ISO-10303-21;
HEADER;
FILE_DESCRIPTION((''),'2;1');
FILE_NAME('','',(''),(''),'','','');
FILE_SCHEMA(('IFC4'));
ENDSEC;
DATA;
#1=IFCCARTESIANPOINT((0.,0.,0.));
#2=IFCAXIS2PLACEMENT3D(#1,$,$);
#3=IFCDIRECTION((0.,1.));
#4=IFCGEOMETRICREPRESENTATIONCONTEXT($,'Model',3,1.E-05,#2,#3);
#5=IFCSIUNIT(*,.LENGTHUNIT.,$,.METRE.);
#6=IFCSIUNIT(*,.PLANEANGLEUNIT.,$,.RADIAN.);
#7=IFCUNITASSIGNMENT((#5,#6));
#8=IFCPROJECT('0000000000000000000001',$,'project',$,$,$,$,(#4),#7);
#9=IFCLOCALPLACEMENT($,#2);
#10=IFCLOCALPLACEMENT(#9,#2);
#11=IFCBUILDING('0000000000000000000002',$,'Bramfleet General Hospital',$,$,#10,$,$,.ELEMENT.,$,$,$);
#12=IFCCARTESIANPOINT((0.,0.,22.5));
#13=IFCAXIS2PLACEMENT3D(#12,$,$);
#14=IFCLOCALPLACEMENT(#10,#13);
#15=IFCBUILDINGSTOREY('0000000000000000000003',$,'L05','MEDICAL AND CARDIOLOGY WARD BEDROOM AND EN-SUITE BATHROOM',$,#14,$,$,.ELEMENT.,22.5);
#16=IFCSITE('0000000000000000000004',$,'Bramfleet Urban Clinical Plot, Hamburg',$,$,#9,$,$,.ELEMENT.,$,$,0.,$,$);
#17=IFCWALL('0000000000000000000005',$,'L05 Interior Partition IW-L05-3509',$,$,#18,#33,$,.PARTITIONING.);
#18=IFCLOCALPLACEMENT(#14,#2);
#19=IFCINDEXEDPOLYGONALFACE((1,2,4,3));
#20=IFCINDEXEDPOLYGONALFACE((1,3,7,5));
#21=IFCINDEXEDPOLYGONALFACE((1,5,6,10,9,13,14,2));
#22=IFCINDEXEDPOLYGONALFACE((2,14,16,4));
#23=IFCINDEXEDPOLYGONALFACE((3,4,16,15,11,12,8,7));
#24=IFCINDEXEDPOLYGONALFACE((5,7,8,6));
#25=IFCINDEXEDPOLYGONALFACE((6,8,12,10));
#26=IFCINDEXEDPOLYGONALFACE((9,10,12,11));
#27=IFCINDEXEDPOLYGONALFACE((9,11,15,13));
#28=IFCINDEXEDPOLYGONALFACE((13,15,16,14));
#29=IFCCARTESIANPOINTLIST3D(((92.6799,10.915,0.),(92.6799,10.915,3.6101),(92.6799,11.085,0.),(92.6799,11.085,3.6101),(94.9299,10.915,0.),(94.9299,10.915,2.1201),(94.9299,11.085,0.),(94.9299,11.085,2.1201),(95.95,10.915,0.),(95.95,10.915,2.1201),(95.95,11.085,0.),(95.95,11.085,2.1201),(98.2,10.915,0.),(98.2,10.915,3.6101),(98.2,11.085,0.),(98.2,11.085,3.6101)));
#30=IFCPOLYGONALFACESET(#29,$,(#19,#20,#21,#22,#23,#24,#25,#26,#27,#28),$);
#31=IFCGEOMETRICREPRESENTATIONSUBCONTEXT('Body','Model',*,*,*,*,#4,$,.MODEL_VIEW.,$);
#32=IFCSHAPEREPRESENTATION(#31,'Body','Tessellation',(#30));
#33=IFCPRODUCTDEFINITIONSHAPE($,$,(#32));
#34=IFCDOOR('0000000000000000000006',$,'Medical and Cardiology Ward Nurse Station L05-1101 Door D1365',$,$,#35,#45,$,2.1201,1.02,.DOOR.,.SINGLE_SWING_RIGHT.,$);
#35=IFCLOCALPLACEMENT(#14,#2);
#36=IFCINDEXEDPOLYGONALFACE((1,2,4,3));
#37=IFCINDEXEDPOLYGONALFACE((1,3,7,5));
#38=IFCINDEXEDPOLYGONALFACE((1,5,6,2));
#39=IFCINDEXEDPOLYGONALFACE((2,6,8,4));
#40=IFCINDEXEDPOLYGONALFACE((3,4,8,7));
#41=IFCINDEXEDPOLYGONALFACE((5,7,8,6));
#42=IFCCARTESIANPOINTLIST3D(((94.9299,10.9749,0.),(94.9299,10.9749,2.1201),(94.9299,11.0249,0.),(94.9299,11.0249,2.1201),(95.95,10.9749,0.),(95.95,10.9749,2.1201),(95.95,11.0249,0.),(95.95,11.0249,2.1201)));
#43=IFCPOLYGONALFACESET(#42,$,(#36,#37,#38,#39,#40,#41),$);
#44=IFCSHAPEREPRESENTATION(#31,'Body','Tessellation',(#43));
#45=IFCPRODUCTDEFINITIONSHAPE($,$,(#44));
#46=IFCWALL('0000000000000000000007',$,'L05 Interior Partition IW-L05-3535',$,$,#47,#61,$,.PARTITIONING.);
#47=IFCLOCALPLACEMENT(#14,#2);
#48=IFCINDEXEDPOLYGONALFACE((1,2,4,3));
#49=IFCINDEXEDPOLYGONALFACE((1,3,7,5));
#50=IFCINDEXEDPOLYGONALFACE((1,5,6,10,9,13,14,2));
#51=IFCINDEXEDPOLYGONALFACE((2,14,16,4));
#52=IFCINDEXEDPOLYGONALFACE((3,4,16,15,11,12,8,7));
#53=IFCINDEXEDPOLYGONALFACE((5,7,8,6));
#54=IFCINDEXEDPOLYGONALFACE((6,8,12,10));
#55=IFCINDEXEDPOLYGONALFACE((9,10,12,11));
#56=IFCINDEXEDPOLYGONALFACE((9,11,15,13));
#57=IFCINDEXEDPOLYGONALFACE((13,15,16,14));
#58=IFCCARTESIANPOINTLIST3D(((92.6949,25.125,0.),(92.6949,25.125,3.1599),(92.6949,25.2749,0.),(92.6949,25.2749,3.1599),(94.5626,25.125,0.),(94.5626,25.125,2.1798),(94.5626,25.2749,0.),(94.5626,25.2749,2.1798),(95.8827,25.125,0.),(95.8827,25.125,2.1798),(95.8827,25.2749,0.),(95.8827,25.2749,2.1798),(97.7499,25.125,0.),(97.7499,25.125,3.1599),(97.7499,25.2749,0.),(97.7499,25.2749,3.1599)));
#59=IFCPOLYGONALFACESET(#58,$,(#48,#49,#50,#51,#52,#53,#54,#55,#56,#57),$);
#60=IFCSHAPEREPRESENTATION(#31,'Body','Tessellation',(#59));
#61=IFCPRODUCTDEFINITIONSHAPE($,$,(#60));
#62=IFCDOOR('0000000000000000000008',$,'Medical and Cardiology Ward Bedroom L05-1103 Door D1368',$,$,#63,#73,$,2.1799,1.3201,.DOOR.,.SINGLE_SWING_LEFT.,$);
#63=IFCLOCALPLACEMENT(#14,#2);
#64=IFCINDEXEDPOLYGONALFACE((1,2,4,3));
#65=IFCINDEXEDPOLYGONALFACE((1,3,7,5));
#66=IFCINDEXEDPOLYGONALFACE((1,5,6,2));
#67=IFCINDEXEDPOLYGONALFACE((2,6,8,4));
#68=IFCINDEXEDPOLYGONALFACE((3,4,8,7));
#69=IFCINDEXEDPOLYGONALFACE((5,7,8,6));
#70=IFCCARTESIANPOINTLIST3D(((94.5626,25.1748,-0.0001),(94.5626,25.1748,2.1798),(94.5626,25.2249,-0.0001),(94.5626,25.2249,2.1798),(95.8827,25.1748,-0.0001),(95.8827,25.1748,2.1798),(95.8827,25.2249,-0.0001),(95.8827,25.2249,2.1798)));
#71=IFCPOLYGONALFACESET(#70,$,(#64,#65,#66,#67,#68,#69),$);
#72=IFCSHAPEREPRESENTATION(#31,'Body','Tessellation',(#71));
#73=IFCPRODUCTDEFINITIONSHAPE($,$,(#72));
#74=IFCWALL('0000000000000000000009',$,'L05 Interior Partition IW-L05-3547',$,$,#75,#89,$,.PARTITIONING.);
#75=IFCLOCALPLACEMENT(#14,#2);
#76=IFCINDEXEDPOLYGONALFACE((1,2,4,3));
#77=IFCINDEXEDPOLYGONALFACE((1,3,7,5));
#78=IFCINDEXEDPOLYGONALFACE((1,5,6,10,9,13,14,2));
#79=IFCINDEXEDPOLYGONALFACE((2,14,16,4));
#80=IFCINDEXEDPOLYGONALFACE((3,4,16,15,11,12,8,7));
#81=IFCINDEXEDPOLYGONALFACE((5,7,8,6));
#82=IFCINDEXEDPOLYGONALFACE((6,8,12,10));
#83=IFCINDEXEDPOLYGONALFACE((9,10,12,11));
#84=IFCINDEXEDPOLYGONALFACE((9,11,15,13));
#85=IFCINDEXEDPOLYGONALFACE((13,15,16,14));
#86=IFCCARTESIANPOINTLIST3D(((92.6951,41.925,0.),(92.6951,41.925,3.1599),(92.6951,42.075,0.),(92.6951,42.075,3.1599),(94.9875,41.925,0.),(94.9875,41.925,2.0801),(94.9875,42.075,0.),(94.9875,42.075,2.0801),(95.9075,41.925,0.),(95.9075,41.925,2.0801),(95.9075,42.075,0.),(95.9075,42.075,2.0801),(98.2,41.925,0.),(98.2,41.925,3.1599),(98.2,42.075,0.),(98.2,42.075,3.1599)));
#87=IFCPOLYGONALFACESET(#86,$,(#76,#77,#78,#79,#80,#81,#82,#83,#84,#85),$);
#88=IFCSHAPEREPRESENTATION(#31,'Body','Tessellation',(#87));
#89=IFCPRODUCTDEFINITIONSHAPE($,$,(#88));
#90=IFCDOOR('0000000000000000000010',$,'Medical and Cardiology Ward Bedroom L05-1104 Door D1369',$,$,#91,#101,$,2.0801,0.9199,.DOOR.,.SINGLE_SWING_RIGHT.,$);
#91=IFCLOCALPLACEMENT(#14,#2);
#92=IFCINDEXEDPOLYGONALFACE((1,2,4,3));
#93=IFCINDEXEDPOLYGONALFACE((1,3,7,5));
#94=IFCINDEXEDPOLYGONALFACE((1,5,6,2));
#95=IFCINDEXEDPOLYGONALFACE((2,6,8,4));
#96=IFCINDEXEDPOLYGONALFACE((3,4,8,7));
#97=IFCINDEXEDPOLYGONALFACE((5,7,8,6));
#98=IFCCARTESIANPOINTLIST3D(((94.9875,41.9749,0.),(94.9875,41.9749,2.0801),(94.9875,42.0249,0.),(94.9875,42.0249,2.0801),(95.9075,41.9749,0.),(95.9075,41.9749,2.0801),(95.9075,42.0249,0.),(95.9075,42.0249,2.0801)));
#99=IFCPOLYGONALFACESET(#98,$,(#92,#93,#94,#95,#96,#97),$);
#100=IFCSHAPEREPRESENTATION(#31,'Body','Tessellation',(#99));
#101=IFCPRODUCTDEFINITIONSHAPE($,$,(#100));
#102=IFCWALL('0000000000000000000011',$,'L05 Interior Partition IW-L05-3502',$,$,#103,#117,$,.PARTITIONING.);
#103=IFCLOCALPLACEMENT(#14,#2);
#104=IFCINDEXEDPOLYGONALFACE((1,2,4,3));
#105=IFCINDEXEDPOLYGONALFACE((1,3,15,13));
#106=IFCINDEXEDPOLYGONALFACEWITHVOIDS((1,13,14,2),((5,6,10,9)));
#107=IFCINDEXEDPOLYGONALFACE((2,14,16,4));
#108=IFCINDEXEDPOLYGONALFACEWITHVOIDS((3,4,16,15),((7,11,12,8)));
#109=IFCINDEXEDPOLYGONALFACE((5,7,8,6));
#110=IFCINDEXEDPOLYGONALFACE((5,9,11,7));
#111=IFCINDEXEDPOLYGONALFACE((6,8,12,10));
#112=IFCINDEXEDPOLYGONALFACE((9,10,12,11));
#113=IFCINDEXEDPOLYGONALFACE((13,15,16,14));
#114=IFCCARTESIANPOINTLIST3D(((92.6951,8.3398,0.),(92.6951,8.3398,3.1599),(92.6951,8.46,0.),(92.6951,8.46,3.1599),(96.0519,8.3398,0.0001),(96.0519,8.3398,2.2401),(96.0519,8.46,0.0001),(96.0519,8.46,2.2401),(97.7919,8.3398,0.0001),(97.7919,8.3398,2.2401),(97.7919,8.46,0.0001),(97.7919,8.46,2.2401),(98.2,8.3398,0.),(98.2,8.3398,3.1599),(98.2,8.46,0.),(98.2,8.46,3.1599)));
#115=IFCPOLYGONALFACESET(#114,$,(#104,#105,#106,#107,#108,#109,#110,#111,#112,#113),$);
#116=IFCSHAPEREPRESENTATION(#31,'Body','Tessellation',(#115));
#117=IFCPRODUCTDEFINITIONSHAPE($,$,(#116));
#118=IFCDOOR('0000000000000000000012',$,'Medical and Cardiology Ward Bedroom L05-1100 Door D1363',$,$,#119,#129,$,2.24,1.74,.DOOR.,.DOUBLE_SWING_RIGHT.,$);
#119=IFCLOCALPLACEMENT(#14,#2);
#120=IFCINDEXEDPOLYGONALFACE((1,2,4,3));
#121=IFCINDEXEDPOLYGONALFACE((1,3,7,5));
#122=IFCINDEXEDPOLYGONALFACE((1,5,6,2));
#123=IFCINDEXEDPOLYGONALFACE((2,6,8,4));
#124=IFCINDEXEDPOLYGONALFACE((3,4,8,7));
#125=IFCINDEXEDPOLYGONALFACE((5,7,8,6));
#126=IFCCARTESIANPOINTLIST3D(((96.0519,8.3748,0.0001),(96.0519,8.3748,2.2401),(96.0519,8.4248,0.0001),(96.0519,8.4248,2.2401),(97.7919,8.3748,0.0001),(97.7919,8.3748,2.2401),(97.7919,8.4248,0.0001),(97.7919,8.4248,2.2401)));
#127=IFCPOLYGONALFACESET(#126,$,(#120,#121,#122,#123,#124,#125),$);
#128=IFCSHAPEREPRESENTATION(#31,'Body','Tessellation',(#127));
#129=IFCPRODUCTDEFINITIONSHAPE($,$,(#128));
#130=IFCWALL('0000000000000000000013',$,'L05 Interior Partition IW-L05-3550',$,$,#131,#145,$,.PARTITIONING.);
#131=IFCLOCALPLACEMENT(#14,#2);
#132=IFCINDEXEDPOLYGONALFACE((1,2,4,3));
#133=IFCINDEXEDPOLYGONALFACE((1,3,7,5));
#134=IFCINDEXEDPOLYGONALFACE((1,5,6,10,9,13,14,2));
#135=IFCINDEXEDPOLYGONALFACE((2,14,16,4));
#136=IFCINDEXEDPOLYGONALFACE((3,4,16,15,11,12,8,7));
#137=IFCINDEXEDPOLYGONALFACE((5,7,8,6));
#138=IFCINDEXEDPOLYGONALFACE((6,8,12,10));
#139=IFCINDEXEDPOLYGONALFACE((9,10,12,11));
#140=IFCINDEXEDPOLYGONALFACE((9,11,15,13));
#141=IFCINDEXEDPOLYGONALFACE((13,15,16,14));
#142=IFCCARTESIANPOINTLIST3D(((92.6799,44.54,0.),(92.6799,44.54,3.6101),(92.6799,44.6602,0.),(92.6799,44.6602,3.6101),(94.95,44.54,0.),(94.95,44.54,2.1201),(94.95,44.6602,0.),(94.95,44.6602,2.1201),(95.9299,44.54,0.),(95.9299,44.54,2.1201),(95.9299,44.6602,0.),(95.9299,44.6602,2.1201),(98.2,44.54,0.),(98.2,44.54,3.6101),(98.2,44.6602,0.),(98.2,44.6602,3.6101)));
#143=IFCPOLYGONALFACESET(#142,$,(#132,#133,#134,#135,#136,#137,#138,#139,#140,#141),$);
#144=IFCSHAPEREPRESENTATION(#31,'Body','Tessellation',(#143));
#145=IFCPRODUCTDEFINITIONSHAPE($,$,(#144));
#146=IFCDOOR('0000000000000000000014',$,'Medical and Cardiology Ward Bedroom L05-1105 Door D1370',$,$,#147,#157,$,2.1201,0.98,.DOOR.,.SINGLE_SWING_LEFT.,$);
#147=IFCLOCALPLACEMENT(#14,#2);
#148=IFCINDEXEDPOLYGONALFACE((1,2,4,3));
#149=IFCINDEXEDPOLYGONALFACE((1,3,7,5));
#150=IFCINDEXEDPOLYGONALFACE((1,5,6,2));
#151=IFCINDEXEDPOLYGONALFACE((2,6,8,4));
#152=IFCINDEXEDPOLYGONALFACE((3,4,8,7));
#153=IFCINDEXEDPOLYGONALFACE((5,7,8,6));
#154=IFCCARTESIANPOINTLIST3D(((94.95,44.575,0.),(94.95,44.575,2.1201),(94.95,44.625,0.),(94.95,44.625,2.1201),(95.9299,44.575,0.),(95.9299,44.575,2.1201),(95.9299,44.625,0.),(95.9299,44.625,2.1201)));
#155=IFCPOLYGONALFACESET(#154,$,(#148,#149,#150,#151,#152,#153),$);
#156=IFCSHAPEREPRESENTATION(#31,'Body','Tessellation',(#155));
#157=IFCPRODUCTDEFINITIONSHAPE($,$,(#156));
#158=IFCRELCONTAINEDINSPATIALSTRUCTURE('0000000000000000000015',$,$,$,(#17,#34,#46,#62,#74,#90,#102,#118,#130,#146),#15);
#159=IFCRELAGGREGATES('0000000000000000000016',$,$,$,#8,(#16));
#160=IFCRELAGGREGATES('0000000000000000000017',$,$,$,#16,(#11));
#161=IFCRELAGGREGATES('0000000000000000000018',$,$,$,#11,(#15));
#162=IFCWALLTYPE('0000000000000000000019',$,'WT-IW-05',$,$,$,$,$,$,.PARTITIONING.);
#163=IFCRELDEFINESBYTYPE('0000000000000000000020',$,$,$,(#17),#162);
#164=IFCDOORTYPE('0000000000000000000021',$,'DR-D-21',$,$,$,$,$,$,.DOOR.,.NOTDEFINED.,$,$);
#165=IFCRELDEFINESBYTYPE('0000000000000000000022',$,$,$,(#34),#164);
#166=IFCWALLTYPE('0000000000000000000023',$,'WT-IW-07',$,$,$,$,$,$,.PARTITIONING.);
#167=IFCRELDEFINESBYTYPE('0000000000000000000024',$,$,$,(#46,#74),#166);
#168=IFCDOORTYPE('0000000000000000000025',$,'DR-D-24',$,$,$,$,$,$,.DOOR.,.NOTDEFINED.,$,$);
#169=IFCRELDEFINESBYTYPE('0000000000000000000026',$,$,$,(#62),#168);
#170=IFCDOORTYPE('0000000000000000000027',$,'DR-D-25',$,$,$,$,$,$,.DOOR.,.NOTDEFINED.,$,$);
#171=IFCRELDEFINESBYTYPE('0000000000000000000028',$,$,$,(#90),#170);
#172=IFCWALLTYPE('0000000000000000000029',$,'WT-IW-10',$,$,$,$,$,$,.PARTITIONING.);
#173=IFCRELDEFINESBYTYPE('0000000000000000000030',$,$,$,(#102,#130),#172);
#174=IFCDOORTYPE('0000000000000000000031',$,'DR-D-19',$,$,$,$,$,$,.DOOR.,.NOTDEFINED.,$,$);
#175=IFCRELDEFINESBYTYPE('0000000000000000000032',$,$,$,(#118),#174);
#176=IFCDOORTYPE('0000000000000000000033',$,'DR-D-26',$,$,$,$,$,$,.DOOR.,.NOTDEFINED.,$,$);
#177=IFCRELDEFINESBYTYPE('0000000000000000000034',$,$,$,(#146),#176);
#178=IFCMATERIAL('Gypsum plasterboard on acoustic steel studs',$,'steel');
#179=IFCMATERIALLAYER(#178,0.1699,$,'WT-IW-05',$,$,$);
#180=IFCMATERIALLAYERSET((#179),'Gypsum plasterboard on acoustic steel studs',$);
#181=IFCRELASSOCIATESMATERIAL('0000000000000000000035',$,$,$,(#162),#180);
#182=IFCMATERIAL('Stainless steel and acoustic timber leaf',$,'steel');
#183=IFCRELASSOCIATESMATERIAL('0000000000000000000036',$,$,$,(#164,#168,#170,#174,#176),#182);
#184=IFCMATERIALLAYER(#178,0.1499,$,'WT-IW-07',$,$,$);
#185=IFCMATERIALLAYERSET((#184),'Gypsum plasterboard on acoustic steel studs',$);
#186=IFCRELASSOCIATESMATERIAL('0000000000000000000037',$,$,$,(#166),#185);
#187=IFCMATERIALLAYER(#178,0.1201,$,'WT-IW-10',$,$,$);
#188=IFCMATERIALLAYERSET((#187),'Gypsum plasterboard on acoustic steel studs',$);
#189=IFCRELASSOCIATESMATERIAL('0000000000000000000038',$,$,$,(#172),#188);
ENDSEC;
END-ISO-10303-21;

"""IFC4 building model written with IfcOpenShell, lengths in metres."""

from ifc_helpers import new_model, si_unit, direction, frame, frame_2d, origin, place, context, subcontext, project, spatial, rectangle, extrude, material, layer, layer_set, type_object, element, fill, save


model = new_model("IFC4")

# Units and contexts
model_context = context("Model", 3, precision=1e-05, world=origin(), true_north=direction((0.0, 1.0)))
body_context = subcontext(model_context, "Body", "Model", "MODEL_VIEW")
ifc_project = project(units=[si_unit("LENGTHUNIT", "METRE"), si_unit("PLANEANGLEUNIT", "RADIAN")], contexts=[model_context])

# Site, building, storey
site_placement = place(None, origin())
site = spatial("IfcSite", under=ifc_project, at=site_placement, Name="Bramfleet Urban Clinical Plot, Hamburg", CompositionType="ELEMENT", RefElevation=0.0)
building_placement = place(site_placement, origin())
building = spatial("IfcBuilding", under=site, at=building_placement, Name="Bramfleet General Hospital", CompositionType="ELEMENT")
storey_placement = place(building_placement, frame((0.0, 0.0, 22.5)))
storey = spatial("IfcBuildingStorey", under=building, at=storey_placement, Name="L05", Description="MEDICAL AND CARDIOLOGY WARD BEDROOM AND EN-SUITE BATHROOM", CompositionType="ELEMENT", Elevation=22.5)

# Walls, openings, doors
ifc_material_1 = material(Name="Gypsum plasterboard on acoustic steel studs", Category="steel")
ifc_layer_1 = layer(ifc_material_1, 0.1699, Name="WT-IW-05")
ifc_layer_set_1 = layer_set([ifc_layer_1], Name="Gypsum plasterboard on acoustic steel studs")
wall_type_1 = type_object("IfcWallType", Name="WT-IW-05", PredefinedType="PARTITIONING", material=ifc_layer_set_1)
wall_1_placement = place(storey_placement, frame((92.6799, 11.0, 0.0), z_axis=(0.0, 0.0, 1.0), x_axis=(1.0, 0.0, 0.0)))
wall_1 = element("IfcWall", 1, at=wall_1_placement, inside=storey, type_object=wall_type_1, Name="L05 Interior Partition IW-L05-3509", PredefinedType="PARTITIONING", context=body_context, shape_type="SweptSolid", body=[
    extrude(rectangle(XDim=5.52, YDim=0.1699, at=frame_2d((2.76, 0.0))), origin(), (0.0, 0.0, 1.0), 3.6101),
])
opening_1_placement = place(wall_1_placement, frame((2.25, 0.0, 0.0)))
opening_1 = element("IfcOpeningElement", 2, at=opening_1_placement, cuts=wall_1, PredefinedType="OPENING", context=body_context, shape_type="SweptSolid", body=[
    extrude(rectangle(XDim=1.02, YDim=2.1201, at=frame_2d((0.51, 1.0601))), frame((0.0, 0.095, 0.0), z_axis=(0.0, -1.0, 0.0), x_axis=(1.0, 0.0, 0.0)), (0.0, 0.0, 1.0), 0.1899),
])
ifc_material_2 = material(Name="Stainless steel and acoustic timber leaf", Category="steel")
door_type_1 = type_object("IfcDoorType", Name="DR-D-21", OperationType="NOTDEFINED", PredefinedType="DOOR", material=ifc_material_2)
door_1_placement = place(opening_1_placement, origin())
door_1 = element("IfcDoor", 3, at=door_1_placement, inside=storey, type_object=door_type_1, Name="Medical and Cardiology Ward Nurse Station L05-1101 Door D1365", OperationType="SINGLE_SWING_RIGHT", OverallHeight=2.1201, OverallWidth=1.02, PredefinedType="DOOR", context=body_context, shape_type="SweptSolid", body=[
    extrude(rectangle(XDim=1.02, YDim=2.1201, at=frame_2d((0.51, 1.0601))), frame((0.0, 0.0249, 0.0), z_axis=(0.0, -1.0, 0.0), x_axis=(1.0, 0.0, 0.0)), (0.0, 0.0, 1.0), 0.05),
])
fill(opening_1, door_1)
ifc_layer_2 = layer(ifc_material_1, 0.1499, Name="WT-IW-07")
ifc_layer_set_2 = layer_set([ifc_layer_2], Name="Gypsum plasterboard on acoustic steel studs")
wall_type_2 = type_object("IfcWallType", Name="WT-IW-07", PredefinedType="PARTITIONING", material=ifc_layer_set_2)
wall_2_placement = place(storey_placement, frame((92.6951, 25.2, 0.0), z_axis=(0.0, 0.0, 1.0), x_axis=(1.0, 0.0, 0.0)))
wall_2 = element("IfcWall", 4, at=wall_2_placement, inside=storey, type_object=wall_type_2, Name="L05 Interior Partition IW-L05-3535", PredefinedType="PARTITIONING", context=body_context, shape_type="SweptSolid", body=[
    extrude(rectangle(XDim=5.0549, YDim=0.1499, at=frame_2d((2.5273, 0.0))), origin(), (0.0, 0.0, 1.0), 3.1599),
])
opening_2_placement = place(wall_2_placement, frame((1.8674, 0.0, 0.0)))
opening_2 = element("IfcOpeningElement", 5, at=opening_2_placement, cuts=wall_2, PredefinedType="OPENING", context=body_context, shape_type="SweptSolid", body=[
    extrude(rectangle(XDim=1.3201, YDim=2.1799, at=frame_2d((0.6602, 1.0898))), frame((0.0, 0.085, 0.0), z_axis=(0.0, -1.0, 0.0), x_axis=(1.0, 0.0, 0.0)), (0.0, 0.0, 1.0), 0.1699),
])
door_type_2 = type_object("IfcDoorType", Name="DR-D-24", OperationType="NOTDEFINED", PredefinedType="DOOR", material=ifc_material_2)
door_2_placement = place(opening_2_placement, origin())
door_2 = element("IfcDoor", 6, at=door_2_placement, inside=storey, type_object=door_type_2, Name="Medical and Cardiology Ward Bedroom L05-1103 Door D1368", OperationType="SINGLE_SWING_LEFT", OverallHeight=2.1799, OverallWidth=1.3201, PredefinedType="DOOR", context=body_context, shape_type="SweptSolid", body=[
    extrude(rectangle(XDim=1.3201, YDim=2.1799, at=frame_2d((0.6602, 1.0898))), frame((0.0, 0.0249, 0.0), z_axis=(0.0, -1.0, 0.0), x_axis=(1.0, 0.0, 0.0)), (0.0, 0.0, 1.0), 0.05),
])
fill(opening_2, door_2)
wall_3_placement = place(storey_placement, frame((92.6951, 42.0, 0.0), z_axis=(0.0, 0.0, 1.0), x_axis=(1.0, 0.0, 0.0)))
wall_3 = element("IfcWall", 7, at=wall_3_placement, inside=storey, type_object=wall_type_2, Name="L05 Interior Partition IW-L05-3547", PredefinedType="PARTITIONING", context=body_context, shape_type="SweptSolid", body=[
    extrude(rectangle(XDim=5.5049, YDim=0.1499, at=frame_2d((2.7524, 0.0))), origin(), (0.0, 0.0, 1.0), 3.1599),
])
opening_3_placement = place(wall_3_placement, frame((2.2925, 0.0, 0.0)))
opening_3 = element("IfcOpeningElement", 8, at=opening_3_placement, cuts=wall_3, PredefinedType="OPENING", context=body_context, shape_type="SweptSolid", body=[
    extrude(rectangle(XDim=0.9199, YDim=2.0801, at=frame_2d((0.46, 1.04))), frame((0.0, 0.085, 0.0), z_axis=(0.0, -1.0, 0.0), x_axis=(1.0, 0.0, 0.0)), (0.0, 0.0, 1.0), 0.1699),
])
door_type_3 = type_object("IfcDoorType", Name="DR-D-25", OperationType="NOTDEFINED", PredefinedType="DOOR", material=ifc_material_2)
door_3_placement = place(opening_3_placement, origin())
door_3 = element("IfcDoor", 9, at=door_3_placement, inside=storey, type_object=door_type_3, Name="Medical and Cardiology Ward Bedroom L05-1104 Door D1369", OperationType="SINGLE_SWING_RIGHT", OverallHeight=2.0801, OverallWidth=0.9199, PredefinedType="DOOR", context=body_context, shape_type="SweptSolid", body=[
    extrude(rectangle(XDim=0.9199, YDim=2.0801, at=frame_2d((0.46, 1.04))), frame((0.0, 0.0249, 0.0), z_axis=(0.0, -1.0, 0.0), x_axis=(1.0, 0.0, 0.0)), (0.0, 0.0, 1.0), 0.05),
])
fill(opening_3, door_3)
ifc_layer_3 = layer(ifc_material_1, 0.1201, Name="WT-IW-10")
ifc_layer_set_3 = layer_set([ifc_layer_3], Name="Gypsum plasterboard on acoustic steel studs")
wall_type_3 = type_object("IfcWallType", Name="WT-IW-10", PredefinedType="PARTITIONING", material=ifc_layer_set_3)
wall_4_placement = place(storey_placement, frame((92.6951, 8.3999, 0.0), z_axis=(0.0, 0.0, 1.0), x_axis=(1.0, 0.0, 0.0)))
wall_4 = element("IfcWall", 10, at=wall_4_placement, inside=storey, type_object=wall_type_3, Name="L05 Interior Partition IW-L05-3502", PredefinedType="PARTITIONING", context=body_context, shape_type="SweptSolid", body=[
    extrude(rectangle(XDim=5.5049, YDim=0.1201, at=frame_2d((2.7524, 0.0))), origin(), (0.0, 0.0, 1.0), 3.1599),
])
opening_4_placement = place(wall_4_placement, frame((3.3567, 0.0, 0.0)))
opening_4 = element("IfcOpeningElement", 11, at=opening_4_placement, cuts=wall_4, PredefinedType="OPENING", context=body_context, shape_type="SweptSolid", body=[
    extrude(rectangle(XDim=1.74, YDim=2.24, at=frame_2d((0.8701, 1.1201))), frame((0.0, 0.0701, 0.0), z_axis=(0.0, -1.0, 0.0), x_axis=(1.0, 0.0, 0.0)), (0.0, 0.0, 1.0), 0.1401),
])
door_type_4 = type_object("IfcDoorType", Name="DR-D-19", OperationType="NOTDEFINED", PredefinedType="DOOR", material=ifc_material_2)
door_4_placement = place(opening_4_placement, origin())
door_4 = element("IfcDoor", 12, at=door_4_placement, inside=storey, type_object=door_type_4, Name="Medical and Cardiology Ward Bedroom L05-1100 Door D1363", OperationType="DOUBLE_SWING_RIGHT", OverallHeight=2.24, OverallWidth=1.74, PredefinedType="DOOR", context=body_context, shape_type="SweptSolid", body=[
    extrude(rectangle(XDim=1.74, YDim=2.24, at=frame_2d((0.8701, 1.1201))), frame((0.0, 0.0249, 0.0), z_axis=(0.0, -1.0, 0.0), x_axis=(1.0, 0.0, 0.0)), (0.0, 0.0, 1.0), 0.05),
])
fill(opening_4, door_4)
wall_5_placement = place(storey_placement, frame((92.6799, 44.6001, 0.0), z_axis=(0.0, 0.0, 1.0), x_axis=(1.0, 0.0, 0.0)))
wall_5 = element("IfcWall", 13, at=wall_5_placement, inside=storey, type_object=wall_type_3, Name="L05 Interior Partition IW-L05-3550", PredefinedType="PARTITIONING", context=body_context, shape_type="SweptSolid", body=[
    extrude(rectangle(XDim=5.52, YDim=0.1201, at=frame_2d((2.76, 0.0))), origin(), (0.0, 0.0, 1.0), 3.6101),
])
opening_5_placement = place(wall_5_placement, frame((2.27, 0.0, 0.0)))
opening_5 = element("IfcOpeningElement", 14, at=opening_5_placement, cuts=wall_5, PredefinedType="OPENING", context=body_context, shape_type="SweptSolid", body=[
    extrude(rectangle(XDim=0.98, YDim=2.1201, at=frame_2d((0.49, 1.0601))), frame((0.0, 0.0701, 0.0), z_axis=(0.0, -1.0, 0.0), x_axis=(1.0, 0.0, 0.0)), (0.0, 0.0, 1.0), 0.1401),
])
door_type_5 = type_object("IfcDoorType", Name="DR-D-26", OperationType="NOTDEFINED", PredefinedType="DOOR", material=ifc_material_2)
door_5_placement = place(opening_5_placement, origin())
door_5 = element("IfcDoor", 15, at=door_5_placement, inside=storey, type_object=door_type_5, Name="Medical and Cardiology Ward Bedroom L05-1105 Door D1370", OperationType="SINGLE_SWING_LEFT", OverallHeight=2.1201, OverallWidth=0.98, PredefinedType="DOOR", context=body_context, shape_type="SweptSolid", body=[
    extrude(rectangle(XDim=0.98, YDim=2.1201, at=frame_2d((0.49, 1.0601))), frame((0.0, 0.0249, 0.0), z_axis=(0.0, -1.0, 0.0), x_axis=(1.0, 0.0, 0.0)), (0.0, 0.0, 1.0), 0.05),
])
fill(opening_5, door_5)

save(model, "model.ifc")
